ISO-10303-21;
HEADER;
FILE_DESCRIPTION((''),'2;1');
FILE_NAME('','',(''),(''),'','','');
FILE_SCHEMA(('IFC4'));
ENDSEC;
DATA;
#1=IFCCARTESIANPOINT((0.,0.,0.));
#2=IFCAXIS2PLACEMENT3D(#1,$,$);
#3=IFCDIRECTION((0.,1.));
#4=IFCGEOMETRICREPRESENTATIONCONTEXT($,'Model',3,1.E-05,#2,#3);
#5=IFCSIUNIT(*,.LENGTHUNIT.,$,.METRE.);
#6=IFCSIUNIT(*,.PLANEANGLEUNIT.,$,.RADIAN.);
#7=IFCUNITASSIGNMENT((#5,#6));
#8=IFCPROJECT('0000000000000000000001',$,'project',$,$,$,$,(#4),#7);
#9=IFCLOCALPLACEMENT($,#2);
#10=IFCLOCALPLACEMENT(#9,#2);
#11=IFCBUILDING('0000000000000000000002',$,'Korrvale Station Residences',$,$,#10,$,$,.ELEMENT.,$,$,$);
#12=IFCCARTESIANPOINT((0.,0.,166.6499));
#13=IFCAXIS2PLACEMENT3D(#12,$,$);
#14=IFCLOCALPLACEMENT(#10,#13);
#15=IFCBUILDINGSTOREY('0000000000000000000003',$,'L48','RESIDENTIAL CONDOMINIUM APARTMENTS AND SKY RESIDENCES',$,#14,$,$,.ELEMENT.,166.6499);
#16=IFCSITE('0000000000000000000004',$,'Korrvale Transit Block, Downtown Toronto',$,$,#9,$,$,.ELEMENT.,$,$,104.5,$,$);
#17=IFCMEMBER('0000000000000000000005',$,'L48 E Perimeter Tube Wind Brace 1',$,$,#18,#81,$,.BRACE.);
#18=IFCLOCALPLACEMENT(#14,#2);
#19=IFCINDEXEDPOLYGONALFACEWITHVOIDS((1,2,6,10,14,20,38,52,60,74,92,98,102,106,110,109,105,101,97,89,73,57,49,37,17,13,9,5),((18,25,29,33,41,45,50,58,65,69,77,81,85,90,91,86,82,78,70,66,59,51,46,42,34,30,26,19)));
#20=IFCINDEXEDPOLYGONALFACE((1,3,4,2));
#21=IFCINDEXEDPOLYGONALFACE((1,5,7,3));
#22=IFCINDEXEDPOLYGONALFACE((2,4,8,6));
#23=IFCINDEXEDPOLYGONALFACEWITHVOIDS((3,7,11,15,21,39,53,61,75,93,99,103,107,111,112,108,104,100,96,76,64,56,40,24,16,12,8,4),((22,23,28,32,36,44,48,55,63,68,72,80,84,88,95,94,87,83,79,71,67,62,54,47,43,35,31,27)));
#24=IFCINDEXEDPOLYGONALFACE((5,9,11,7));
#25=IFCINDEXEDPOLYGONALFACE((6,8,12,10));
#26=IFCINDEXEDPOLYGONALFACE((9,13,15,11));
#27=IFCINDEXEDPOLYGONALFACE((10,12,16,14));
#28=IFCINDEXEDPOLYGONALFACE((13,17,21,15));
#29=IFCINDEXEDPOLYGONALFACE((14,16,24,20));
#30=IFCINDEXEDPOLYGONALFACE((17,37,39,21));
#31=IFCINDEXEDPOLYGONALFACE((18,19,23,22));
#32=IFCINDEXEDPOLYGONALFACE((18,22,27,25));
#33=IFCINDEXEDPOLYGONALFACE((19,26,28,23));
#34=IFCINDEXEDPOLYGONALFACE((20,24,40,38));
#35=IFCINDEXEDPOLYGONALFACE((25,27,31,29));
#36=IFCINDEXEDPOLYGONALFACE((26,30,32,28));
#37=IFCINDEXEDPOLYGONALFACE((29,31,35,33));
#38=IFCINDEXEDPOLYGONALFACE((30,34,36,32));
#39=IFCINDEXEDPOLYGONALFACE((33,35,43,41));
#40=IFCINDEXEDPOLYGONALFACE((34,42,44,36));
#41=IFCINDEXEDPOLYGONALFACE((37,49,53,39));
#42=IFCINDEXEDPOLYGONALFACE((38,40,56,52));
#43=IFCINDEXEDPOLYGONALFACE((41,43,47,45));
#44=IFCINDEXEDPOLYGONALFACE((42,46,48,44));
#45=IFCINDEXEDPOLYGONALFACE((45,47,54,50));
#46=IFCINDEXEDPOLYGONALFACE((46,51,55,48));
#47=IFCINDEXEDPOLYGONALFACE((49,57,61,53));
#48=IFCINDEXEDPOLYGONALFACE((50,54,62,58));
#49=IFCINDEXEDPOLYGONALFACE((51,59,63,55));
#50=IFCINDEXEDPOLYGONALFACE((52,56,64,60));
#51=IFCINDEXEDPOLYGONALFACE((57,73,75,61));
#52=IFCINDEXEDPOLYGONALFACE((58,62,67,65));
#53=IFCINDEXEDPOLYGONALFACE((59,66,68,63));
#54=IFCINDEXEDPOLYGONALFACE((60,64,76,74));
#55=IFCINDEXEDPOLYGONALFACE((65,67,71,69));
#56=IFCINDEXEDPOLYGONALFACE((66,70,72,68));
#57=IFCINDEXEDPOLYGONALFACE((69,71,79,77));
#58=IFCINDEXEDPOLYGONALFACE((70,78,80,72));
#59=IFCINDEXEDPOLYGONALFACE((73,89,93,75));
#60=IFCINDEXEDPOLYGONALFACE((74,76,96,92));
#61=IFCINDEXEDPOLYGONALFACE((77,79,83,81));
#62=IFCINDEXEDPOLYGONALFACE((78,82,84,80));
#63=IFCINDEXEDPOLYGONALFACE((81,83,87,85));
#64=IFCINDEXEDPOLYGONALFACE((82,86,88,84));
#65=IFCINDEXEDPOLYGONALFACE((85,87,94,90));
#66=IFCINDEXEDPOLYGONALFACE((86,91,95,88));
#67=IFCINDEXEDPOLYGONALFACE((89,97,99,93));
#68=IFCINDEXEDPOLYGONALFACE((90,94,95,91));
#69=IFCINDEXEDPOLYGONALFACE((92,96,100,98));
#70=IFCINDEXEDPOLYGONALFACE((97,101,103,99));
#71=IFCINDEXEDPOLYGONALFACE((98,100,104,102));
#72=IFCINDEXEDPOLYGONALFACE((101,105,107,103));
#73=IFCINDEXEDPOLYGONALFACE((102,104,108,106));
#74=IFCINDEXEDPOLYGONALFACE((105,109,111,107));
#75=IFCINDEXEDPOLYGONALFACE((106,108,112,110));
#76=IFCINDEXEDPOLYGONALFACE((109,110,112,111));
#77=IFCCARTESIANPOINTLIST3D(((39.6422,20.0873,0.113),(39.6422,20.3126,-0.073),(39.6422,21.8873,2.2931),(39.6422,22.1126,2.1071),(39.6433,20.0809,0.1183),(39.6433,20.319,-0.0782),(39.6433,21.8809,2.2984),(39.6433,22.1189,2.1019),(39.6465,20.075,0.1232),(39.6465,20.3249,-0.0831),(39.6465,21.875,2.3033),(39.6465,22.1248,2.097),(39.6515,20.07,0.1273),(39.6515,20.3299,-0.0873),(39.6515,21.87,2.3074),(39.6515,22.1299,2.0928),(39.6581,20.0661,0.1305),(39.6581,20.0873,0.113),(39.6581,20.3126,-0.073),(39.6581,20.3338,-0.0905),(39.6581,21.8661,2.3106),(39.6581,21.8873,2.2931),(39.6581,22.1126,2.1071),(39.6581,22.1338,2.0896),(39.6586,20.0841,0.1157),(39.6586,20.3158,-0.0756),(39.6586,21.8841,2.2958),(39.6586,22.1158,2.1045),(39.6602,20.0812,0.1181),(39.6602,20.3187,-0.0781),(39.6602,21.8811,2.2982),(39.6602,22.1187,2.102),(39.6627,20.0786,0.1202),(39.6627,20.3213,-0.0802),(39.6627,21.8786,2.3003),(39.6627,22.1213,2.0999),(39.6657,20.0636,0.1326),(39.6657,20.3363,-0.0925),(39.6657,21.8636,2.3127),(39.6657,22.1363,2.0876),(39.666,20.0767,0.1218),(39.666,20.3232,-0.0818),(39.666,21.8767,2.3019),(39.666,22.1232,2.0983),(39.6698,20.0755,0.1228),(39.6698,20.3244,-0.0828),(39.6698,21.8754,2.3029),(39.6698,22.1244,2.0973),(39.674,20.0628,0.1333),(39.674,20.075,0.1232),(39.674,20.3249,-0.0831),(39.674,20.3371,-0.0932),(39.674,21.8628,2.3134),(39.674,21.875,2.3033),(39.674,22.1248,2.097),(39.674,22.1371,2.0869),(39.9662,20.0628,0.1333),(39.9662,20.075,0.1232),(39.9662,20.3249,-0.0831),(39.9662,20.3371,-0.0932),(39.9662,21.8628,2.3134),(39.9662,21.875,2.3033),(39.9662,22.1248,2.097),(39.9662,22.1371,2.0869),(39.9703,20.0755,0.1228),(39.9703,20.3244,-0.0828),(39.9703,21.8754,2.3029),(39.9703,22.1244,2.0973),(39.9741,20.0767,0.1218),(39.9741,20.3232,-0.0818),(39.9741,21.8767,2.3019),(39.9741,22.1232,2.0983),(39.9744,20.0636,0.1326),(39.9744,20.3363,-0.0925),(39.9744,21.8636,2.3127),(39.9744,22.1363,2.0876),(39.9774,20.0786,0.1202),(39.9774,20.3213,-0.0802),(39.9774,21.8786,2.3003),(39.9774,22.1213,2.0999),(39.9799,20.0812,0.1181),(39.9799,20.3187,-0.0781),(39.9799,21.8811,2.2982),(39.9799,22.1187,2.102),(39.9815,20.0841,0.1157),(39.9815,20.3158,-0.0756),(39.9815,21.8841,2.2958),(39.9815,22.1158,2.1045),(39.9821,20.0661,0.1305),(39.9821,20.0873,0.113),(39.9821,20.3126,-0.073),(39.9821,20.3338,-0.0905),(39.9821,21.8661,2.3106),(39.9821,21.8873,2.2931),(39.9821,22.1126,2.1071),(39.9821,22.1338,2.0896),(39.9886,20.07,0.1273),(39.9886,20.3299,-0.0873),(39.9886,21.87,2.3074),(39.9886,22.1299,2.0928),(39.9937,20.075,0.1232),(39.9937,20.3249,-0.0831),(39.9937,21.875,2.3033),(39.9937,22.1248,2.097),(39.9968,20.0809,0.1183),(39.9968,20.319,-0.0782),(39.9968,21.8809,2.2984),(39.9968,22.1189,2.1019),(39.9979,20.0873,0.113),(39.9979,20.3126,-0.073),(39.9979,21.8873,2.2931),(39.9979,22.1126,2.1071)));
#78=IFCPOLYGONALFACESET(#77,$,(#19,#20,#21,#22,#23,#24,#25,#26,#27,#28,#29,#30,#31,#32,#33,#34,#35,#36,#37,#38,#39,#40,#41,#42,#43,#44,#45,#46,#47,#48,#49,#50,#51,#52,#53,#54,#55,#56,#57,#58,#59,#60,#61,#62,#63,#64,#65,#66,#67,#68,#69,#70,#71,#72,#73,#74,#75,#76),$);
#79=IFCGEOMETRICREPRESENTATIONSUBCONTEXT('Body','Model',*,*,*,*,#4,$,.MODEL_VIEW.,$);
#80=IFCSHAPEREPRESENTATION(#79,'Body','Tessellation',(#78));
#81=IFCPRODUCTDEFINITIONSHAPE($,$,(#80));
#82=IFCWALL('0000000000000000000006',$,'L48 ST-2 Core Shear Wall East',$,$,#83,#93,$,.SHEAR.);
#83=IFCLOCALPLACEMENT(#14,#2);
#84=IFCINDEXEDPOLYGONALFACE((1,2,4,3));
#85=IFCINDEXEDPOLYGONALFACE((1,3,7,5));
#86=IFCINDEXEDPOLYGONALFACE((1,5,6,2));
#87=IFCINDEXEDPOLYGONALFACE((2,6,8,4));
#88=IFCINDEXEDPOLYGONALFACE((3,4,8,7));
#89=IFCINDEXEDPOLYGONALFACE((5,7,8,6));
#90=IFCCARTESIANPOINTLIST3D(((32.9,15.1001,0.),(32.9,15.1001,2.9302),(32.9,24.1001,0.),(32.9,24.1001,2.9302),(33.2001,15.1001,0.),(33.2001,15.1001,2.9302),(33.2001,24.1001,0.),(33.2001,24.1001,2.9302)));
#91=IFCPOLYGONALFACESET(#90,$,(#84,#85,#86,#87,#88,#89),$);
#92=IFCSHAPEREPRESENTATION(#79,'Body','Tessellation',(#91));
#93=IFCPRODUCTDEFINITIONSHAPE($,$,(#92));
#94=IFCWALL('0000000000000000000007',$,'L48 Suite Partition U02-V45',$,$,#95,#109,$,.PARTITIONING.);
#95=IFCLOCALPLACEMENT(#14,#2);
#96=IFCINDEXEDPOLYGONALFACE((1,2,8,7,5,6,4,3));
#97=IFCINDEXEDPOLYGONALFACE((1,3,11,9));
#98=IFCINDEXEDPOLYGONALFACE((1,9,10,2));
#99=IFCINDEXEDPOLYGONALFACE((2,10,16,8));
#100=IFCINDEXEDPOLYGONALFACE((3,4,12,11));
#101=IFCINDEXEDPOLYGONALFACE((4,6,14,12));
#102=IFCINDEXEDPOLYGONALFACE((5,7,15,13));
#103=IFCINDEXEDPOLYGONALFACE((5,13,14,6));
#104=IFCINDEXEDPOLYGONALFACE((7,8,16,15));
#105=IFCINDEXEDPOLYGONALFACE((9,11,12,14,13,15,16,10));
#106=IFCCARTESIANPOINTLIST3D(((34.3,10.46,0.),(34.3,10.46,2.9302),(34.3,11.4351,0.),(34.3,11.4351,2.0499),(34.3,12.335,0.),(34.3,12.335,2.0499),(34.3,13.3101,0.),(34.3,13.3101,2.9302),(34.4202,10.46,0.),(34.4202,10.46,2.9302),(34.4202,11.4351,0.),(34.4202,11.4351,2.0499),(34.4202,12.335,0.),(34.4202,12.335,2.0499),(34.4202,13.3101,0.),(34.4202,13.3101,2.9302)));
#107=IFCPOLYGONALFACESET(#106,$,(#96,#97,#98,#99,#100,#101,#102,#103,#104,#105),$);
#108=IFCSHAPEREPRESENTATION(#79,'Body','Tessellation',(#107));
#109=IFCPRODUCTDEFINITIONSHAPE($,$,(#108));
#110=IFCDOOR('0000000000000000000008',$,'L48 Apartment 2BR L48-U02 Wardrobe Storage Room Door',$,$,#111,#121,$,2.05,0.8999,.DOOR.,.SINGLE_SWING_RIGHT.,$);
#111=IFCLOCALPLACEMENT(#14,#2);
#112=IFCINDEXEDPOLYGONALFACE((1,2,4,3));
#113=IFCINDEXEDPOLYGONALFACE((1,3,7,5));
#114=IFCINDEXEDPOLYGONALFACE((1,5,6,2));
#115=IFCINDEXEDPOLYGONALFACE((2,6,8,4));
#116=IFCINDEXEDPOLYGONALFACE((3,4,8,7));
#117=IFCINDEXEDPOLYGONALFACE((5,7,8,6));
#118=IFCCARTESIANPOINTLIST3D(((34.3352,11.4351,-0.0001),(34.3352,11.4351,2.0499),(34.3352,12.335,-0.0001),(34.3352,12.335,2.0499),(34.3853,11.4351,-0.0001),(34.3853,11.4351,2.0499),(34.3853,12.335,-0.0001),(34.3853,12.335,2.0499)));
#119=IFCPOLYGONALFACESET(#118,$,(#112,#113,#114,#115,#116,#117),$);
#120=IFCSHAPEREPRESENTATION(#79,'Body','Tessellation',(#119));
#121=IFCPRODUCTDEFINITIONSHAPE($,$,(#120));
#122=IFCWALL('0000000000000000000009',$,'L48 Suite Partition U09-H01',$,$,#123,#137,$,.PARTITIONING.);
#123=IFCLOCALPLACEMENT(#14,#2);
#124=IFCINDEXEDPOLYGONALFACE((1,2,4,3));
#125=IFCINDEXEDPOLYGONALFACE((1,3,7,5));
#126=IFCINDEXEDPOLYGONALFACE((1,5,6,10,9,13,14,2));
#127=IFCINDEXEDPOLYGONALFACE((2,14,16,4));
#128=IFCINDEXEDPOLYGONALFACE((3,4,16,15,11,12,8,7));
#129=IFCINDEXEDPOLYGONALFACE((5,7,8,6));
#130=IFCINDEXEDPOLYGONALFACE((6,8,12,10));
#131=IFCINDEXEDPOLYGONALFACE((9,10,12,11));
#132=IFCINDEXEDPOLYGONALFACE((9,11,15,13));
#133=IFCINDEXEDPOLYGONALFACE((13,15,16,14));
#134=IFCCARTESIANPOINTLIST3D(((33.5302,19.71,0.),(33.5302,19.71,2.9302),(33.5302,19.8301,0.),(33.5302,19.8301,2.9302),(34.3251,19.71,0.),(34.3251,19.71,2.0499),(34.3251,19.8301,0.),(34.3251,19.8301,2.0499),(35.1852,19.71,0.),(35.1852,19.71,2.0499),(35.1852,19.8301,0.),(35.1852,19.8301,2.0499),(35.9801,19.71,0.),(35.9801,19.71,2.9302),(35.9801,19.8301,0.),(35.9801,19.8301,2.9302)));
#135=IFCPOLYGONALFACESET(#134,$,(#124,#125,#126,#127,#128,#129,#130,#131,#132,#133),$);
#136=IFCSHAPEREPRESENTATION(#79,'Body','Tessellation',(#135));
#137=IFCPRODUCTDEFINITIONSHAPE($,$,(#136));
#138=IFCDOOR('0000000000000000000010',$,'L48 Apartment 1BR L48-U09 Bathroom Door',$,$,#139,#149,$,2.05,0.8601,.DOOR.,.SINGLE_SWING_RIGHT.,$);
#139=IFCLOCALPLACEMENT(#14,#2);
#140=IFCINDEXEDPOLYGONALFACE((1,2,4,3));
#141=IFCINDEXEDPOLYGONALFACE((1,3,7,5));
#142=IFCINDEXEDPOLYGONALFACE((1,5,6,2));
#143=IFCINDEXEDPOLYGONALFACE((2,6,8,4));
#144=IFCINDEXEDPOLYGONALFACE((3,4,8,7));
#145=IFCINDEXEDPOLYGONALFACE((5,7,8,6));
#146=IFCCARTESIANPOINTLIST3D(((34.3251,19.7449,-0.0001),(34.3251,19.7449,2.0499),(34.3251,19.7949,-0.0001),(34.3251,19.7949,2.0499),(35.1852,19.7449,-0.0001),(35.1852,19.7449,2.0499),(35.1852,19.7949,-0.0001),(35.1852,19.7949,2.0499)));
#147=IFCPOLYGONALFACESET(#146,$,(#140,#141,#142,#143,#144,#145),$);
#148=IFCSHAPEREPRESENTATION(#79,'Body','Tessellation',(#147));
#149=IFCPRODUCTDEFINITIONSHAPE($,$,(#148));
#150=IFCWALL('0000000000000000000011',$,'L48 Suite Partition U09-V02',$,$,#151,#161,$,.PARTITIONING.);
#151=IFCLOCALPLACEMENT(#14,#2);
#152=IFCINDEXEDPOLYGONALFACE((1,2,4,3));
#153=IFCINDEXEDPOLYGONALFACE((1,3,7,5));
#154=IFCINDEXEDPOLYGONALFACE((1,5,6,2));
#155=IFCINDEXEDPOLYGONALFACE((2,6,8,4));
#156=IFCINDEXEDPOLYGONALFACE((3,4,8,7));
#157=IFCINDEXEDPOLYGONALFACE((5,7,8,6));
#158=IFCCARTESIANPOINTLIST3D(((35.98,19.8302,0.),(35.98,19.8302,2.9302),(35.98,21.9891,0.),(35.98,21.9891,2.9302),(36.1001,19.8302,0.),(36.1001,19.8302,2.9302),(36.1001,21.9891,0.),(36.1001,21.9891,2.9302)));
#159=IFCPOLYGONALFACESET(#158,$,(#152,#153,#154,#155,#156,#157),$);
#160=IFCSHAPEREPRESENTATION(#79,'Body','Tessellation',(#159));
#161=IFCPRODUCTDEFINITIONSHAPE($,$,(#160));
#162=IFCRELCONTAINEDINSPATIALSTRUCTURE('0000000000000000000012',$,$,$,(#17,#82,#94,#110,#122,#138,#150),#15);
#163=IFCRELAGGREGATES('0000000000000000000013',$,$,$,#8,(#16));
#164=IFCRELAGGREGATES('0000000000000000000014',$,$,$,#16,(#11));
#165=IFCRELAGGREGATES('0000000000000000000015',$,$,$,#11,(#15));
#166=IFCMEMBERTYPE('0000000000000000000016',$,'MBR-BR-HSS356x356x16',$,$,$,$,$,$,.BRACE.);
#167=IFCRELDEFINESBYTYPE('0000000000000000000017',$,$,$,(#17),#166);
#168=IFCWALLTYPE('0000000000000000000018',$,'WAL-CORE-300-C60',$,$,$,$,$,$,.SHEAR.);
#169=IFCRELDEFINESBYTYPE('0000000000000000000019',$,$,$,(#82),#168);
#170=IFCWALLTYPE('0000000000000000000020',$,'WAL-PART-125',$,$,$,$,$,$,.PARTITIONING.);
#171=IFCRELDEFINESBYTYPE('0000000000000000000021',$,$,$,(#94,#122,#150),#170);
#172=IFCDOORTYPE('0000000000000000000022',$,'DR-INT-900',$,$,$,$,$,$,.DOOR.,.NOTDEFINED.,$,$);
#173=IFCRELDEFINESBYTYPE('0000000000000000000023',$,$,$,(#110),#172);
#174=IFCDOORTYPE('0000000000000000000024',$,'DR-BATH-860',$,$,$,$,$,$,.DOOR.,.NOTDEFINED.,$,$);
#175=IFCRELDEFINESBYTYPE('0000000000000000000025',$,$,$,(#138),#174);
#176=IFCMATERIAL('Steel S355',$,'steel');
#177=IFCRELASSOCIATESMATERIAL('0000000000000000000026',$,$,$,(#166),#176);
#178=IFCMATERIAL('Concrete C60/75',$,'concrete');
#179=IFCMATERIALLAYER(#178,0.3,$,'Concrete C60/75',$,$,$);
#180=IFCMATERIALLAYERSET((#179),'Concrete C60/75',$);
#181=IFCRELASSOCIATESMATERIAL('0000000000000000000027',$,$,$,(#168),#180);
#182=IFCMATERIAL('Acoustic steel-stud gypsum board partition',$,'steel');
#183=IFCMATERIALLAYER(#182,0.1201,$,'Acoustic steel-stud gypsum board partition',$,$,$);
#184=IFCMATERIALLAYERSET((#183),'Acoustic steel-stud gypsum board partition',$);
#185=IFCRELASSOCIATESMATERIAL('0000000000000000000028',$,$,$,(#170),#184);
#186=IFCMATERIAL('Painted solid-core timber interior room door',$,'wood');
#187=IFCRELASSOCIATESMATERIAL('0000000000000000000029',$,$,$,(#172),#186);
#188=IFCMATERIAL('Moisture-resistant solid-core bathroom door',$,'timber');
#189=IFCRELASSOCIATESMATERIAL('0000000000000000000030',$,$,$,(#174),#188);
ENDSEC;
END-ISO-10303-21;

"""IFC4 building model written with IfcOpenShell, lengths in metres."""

from ifc_helpers import new_model, si_unit, direction, frame, frame_2d, origin, origin_2d, place, context, subcontext, project, spatial, rectangle, hollow_rectangle, extrude, material, layer, layer_set, material_profile, profile_set, type_object, element, fill, save


model = new_model("IFC4")

# Units and contexts
model_context = context("Model", 3, precision=1e-05, world=origin(), true_north=direction((0.0, 1.0)))
body_context = subcontext(model_context, "Body", "Model", "MODEL_VIEW")
ifc_project = project(units=[si_unit("LENGTHUNIT", "METRE"), si_unit("PLANEANGLEUNIT", "RADIAN")], contexts=[model_context])

# Site, building, storey
site_placement = place(None, origin())
site = spatial("IfcSite", under=ifc_project, at=site_placement, Name="Korrvale Transit Block, Downtown Toronto", CompositionType="ELEMENT", RefElevation=104.5)
building_placement = place(site_placement, origin())
building = spatial("IfcBuilding", under=site, at=building_placement, Name="Korrvale Station Residences", CompositionType="ELEMENT")
storey_placement = place(building_placement, frame((0.0, 0.0, 166.6499)))
storey = spatial("IfcBuildingStorey", under=building, at=storey_placement, Name="L48", Description="RESIDENTIAL CONDOMINIUM APARTMENTS AND SKY RESIDENCES", CompositionType="ELEMENT", Elevation=166.6499)

# Shared definitions
ifc_material_1 = material(Name="Concrete C60/75", Category="concrete")

# Shared definitions
ifc_material_2 = material(Name="Steel S355", Category="steel")

# Member
ifc_material_profile_1 = material_profile(ifc_material_2, hollow_rectangle(XDim=0.3557, YDim=0.3557, WallThickness=0.0159, InnerFilletRadius=0.0159, OuterFilletRadius=0.0317, at=origin_2d()), Name="HSS356x356x16")
ifc_profile_set_1 = profile_set([ifc_material_profile_1], Name="Steel S355")
member_type = type_object("IfcMemberType", Name="MBR-BR-HSS356x356x16", PredefinedType="BRACE", material=ifc_profile_set_1)
member_placement = place(storey_placement, frame((39.8201, 20.2, 0.02), z_axis=(0.0, 0.636678, 0.771129), x_axis=(-1.0, 0.0, 0.0)))
element("IfcMember", 1, at=member_placement, inside=storey, type_object=member_type, Name="L48 E Perimeter Tube Wind Brace 1", PredefinedType="BRACE", context=body_context, shape_type="SweptSolid", body=[
    extrude(hollow_rectangle(XDim=0.3557, YDim=0.3557, WallThickness=0.0159, InnerFilletRadius=0.0159, OuterFilletRadius=0.0317, at=origin_2d()), origin(), (0.0, 0.0, 1.0), 2.8271),
])

# Wall
ifc_layer_1 = layer(ifc_material_1, 0.3, Name="Concrete C60/75")
ifc_layer_set_1 = layer_set([ifc_layer_1], Name="Concrete C60/75")
wall_type_1 = type_object("IfcWallType", Name="WAL-CORE-300-C60", PredefinedType="SHEAR", material=ifc_layer_set_1)
wall_1_placement = place(storey_placement, frame((33.05, 15.1001, 0.0), z_axis=(0.0, 0.0, 1.0), x_axis=(0.0, 1.0, 0.0)))
element("IfcWall", 2, at=wall_1_placement, inside=storey, type_object=wall_type_1, Name="L48 ST-2 Core Shear Wall East", PredefinedType="SHEAR", context=body_context, shape_type="SweptSolid", body=[
    extrude(rectangle(XDim=9.0, YDim=0.3, at=frame_2d((4.5, 0.0))), origin(), (0.0, 0.0, 1.0), 2.9302),
])

# Walls, openings, doors
ifc_material_3 = material(Name="Acoustic steel-stud gypsum board partition", Category="steel")
ifc_layer_2 = layer(ifc_material_3, 0.1201, Name="Acoustic steel-stud gypsum board partition")
ifc_layer_set_2 = layer_set([ifc_layer_2], Name="Acoustic steel-stud gypsum board partition")
wall_type_2 = type_object("IfcWallType", Name="WAL-PART-125", PredefinedType="PARTITIONING", material=ifc_layer_set_2)
wall_2_placement = place(storey_placement, frame((34.3601, 10.46, 0.0), z_axis=(0.0, 0.0, 1.0), x_axis=(0.0, 1.0, 0.0)))
wall_2 = element("IfcWall", 3, at=wall_2_placement, inside=storey, type_object=wall_type_2, Name="L48 Suite Partition U02-V45", PredefinedType="PARTITIONING", context=body_context, shape_type="SweptSolid", body=[
    extrude(rectangle(XDim=2.8501, YDim=0.1201, at=frame_2d((1.425, 0.0))), origin(), (0.0, 0.0, 1.0), 2.9302),
])
opening_1_placement = place(wall_2_placement, frame((0.9751, 0.0, 0.0)))
opening_1 = element("IfcOpeningElement", 4, at=opening_1_placement, cuts=wall_2, PredefinedType="OPENING", context=body_context, shape_type="SweptSolid", body=[
    extrude(rectangle(XDim=0.8999, YDim=2.05, at=frame_2d((0.45, 1.0249))), frame((0.0, 0.0701, 0.0), z_axis=(0.0, -1.0, 0.0), x_axis=(1.0, 0.0, 0.0)), (0.0, 0.0, 1.0), 0.1401),
])
ifc_material_4 = material(Name="Painted solid-core timber interior room door", Category="wood")
door_type_1 = type_object("IfcDoorType", Name="DR-INT-900", OperationType="NOTDEFINED", PredefinedType="DOOR", material=ifc_material_4)
door_1_placement = place(opening_1_placement, origin())
door_1 = element("IfcDoor", 5, at=door_1_placement, inside=storey, type_object=door_type_1, Name="L48 Apartment 2BR L48-U02 Wardrobe Storage Room Door", OperationType="SINGLE_SWING_RIGHT", OverallHeight=2.05, OverallWidth=0.8999, PredefinedType="DOOR", context=body_context, shape_type="SweptSolid", body=[
    extrude(rectangle(XDim=0.8999, YDim=2.05, at=frame_2d((0.45, 1.0249))), frame((0.0, 0.0249, 0.0), z_axis=(0.0, -1.0, 0.0), x_axis=(1.0, 0.0, 0.0)), (0.0, 0.0, 1.0), 0.05),
])
fill(opening_1, door_1)
wall_3_placement = place(storey_placement, frame((33.53, 19.77, 0.0), z_axis=(0.0, 0.0, 1.0), x_axis=(1.0, 0.0, 0.0)))
wall_3 = element("IfcWall", 6, at=wall_3_placement, inside=storey, type_object=wall_type_2, Name="L48 Suite Partition U09-H01", PredefinedType="PARTITIONING", context=body_context, shape_type="SweptSolid", body=[
    extrude(rectangle(XDim=2.45, YDim=0.1201, at=frame_2d((1.2251, 0.0))), origin(), (0.0, 0.0, 1.0), 2.9302),
])
opening_2_placement = place(wall_3_placement, frame((0.7949, 0.0, 0.0)))
opening_2 = element("IfcOpeningElement", 7, at=opening_2_placement, cuts=wall_3, PredefinedType="OPENING", context=body_context, shape_type="SweptSolid", body=[
    extrude(rectangle(XDim=0.8601, YDim=2.05, at=frame_2d((0.4302, 1.0249))), frame((0.0, 0.0701, 0.0), z_axis=(0.0, -1.0, 0.0), x_axis=(1.0, 0.0, 0.0)), (0.0, 0.0, 1.0), 0.1401),
])
ifc_material_5 = material(Name="Moisture-resistant solid-core bathroom door", Category="timber")
door_type_2 = type_object("IfcDoorType", Name="DR-BATH-860", OperationType="NOTDEFINED", PredefinedType="DOOR", material=ifc_material_5)
door_2_placement = place(opening_2_placement, origin())
door_2 = element("IfcDoor", 8, at=door_2_placement, inside=storey, type_object=door_type_2, Name="L48 Apartment 1BR L48-U09 Bathroom Door", OperationType="SINGLE_SWING_RIGHT", OverallHeight=2.05, OverallWidth=0.8601, PredefinedType="DOOR", context=body_context, shape_type="SweptSolid", body=[
    extrude(rectangle(XDim=0.8601, YDim=2.05, at=frame_2d((0.4302, 1.0249))), frame((0.0, 0.0249, 0.0), z_axis=(0.0, -1.0, 0.0), x_axis=(1.0, 0.0, 0.0)), (0.0, 0.0, 1.0), 0.05),
])
fill(opening_2, door_2)

# Wall
wall_4_placement = place(storey_placement, frame((36.04, 19.8301, 0.0), z_axis=(0.0, 0.0, 1.0), x_axis=(0.0, 1.0, 0.0)))
element("IfcWall", 9, at=wall_4_placement, inside=storey, type_object=wall_type_2, Name="L48 Suite Partition U09-V02", PredefinedType="PARTITIONING", context=body_context, shape_type="SweptSolid", body=[
    extrude(rectangle(XDim=2.1589, YDim=0.1201, at=frame_2d((1.0796, 0.0))), origin(), (0.0, 0.0, 1.0), 2.9302),
])

save(model, "model.ifc")
